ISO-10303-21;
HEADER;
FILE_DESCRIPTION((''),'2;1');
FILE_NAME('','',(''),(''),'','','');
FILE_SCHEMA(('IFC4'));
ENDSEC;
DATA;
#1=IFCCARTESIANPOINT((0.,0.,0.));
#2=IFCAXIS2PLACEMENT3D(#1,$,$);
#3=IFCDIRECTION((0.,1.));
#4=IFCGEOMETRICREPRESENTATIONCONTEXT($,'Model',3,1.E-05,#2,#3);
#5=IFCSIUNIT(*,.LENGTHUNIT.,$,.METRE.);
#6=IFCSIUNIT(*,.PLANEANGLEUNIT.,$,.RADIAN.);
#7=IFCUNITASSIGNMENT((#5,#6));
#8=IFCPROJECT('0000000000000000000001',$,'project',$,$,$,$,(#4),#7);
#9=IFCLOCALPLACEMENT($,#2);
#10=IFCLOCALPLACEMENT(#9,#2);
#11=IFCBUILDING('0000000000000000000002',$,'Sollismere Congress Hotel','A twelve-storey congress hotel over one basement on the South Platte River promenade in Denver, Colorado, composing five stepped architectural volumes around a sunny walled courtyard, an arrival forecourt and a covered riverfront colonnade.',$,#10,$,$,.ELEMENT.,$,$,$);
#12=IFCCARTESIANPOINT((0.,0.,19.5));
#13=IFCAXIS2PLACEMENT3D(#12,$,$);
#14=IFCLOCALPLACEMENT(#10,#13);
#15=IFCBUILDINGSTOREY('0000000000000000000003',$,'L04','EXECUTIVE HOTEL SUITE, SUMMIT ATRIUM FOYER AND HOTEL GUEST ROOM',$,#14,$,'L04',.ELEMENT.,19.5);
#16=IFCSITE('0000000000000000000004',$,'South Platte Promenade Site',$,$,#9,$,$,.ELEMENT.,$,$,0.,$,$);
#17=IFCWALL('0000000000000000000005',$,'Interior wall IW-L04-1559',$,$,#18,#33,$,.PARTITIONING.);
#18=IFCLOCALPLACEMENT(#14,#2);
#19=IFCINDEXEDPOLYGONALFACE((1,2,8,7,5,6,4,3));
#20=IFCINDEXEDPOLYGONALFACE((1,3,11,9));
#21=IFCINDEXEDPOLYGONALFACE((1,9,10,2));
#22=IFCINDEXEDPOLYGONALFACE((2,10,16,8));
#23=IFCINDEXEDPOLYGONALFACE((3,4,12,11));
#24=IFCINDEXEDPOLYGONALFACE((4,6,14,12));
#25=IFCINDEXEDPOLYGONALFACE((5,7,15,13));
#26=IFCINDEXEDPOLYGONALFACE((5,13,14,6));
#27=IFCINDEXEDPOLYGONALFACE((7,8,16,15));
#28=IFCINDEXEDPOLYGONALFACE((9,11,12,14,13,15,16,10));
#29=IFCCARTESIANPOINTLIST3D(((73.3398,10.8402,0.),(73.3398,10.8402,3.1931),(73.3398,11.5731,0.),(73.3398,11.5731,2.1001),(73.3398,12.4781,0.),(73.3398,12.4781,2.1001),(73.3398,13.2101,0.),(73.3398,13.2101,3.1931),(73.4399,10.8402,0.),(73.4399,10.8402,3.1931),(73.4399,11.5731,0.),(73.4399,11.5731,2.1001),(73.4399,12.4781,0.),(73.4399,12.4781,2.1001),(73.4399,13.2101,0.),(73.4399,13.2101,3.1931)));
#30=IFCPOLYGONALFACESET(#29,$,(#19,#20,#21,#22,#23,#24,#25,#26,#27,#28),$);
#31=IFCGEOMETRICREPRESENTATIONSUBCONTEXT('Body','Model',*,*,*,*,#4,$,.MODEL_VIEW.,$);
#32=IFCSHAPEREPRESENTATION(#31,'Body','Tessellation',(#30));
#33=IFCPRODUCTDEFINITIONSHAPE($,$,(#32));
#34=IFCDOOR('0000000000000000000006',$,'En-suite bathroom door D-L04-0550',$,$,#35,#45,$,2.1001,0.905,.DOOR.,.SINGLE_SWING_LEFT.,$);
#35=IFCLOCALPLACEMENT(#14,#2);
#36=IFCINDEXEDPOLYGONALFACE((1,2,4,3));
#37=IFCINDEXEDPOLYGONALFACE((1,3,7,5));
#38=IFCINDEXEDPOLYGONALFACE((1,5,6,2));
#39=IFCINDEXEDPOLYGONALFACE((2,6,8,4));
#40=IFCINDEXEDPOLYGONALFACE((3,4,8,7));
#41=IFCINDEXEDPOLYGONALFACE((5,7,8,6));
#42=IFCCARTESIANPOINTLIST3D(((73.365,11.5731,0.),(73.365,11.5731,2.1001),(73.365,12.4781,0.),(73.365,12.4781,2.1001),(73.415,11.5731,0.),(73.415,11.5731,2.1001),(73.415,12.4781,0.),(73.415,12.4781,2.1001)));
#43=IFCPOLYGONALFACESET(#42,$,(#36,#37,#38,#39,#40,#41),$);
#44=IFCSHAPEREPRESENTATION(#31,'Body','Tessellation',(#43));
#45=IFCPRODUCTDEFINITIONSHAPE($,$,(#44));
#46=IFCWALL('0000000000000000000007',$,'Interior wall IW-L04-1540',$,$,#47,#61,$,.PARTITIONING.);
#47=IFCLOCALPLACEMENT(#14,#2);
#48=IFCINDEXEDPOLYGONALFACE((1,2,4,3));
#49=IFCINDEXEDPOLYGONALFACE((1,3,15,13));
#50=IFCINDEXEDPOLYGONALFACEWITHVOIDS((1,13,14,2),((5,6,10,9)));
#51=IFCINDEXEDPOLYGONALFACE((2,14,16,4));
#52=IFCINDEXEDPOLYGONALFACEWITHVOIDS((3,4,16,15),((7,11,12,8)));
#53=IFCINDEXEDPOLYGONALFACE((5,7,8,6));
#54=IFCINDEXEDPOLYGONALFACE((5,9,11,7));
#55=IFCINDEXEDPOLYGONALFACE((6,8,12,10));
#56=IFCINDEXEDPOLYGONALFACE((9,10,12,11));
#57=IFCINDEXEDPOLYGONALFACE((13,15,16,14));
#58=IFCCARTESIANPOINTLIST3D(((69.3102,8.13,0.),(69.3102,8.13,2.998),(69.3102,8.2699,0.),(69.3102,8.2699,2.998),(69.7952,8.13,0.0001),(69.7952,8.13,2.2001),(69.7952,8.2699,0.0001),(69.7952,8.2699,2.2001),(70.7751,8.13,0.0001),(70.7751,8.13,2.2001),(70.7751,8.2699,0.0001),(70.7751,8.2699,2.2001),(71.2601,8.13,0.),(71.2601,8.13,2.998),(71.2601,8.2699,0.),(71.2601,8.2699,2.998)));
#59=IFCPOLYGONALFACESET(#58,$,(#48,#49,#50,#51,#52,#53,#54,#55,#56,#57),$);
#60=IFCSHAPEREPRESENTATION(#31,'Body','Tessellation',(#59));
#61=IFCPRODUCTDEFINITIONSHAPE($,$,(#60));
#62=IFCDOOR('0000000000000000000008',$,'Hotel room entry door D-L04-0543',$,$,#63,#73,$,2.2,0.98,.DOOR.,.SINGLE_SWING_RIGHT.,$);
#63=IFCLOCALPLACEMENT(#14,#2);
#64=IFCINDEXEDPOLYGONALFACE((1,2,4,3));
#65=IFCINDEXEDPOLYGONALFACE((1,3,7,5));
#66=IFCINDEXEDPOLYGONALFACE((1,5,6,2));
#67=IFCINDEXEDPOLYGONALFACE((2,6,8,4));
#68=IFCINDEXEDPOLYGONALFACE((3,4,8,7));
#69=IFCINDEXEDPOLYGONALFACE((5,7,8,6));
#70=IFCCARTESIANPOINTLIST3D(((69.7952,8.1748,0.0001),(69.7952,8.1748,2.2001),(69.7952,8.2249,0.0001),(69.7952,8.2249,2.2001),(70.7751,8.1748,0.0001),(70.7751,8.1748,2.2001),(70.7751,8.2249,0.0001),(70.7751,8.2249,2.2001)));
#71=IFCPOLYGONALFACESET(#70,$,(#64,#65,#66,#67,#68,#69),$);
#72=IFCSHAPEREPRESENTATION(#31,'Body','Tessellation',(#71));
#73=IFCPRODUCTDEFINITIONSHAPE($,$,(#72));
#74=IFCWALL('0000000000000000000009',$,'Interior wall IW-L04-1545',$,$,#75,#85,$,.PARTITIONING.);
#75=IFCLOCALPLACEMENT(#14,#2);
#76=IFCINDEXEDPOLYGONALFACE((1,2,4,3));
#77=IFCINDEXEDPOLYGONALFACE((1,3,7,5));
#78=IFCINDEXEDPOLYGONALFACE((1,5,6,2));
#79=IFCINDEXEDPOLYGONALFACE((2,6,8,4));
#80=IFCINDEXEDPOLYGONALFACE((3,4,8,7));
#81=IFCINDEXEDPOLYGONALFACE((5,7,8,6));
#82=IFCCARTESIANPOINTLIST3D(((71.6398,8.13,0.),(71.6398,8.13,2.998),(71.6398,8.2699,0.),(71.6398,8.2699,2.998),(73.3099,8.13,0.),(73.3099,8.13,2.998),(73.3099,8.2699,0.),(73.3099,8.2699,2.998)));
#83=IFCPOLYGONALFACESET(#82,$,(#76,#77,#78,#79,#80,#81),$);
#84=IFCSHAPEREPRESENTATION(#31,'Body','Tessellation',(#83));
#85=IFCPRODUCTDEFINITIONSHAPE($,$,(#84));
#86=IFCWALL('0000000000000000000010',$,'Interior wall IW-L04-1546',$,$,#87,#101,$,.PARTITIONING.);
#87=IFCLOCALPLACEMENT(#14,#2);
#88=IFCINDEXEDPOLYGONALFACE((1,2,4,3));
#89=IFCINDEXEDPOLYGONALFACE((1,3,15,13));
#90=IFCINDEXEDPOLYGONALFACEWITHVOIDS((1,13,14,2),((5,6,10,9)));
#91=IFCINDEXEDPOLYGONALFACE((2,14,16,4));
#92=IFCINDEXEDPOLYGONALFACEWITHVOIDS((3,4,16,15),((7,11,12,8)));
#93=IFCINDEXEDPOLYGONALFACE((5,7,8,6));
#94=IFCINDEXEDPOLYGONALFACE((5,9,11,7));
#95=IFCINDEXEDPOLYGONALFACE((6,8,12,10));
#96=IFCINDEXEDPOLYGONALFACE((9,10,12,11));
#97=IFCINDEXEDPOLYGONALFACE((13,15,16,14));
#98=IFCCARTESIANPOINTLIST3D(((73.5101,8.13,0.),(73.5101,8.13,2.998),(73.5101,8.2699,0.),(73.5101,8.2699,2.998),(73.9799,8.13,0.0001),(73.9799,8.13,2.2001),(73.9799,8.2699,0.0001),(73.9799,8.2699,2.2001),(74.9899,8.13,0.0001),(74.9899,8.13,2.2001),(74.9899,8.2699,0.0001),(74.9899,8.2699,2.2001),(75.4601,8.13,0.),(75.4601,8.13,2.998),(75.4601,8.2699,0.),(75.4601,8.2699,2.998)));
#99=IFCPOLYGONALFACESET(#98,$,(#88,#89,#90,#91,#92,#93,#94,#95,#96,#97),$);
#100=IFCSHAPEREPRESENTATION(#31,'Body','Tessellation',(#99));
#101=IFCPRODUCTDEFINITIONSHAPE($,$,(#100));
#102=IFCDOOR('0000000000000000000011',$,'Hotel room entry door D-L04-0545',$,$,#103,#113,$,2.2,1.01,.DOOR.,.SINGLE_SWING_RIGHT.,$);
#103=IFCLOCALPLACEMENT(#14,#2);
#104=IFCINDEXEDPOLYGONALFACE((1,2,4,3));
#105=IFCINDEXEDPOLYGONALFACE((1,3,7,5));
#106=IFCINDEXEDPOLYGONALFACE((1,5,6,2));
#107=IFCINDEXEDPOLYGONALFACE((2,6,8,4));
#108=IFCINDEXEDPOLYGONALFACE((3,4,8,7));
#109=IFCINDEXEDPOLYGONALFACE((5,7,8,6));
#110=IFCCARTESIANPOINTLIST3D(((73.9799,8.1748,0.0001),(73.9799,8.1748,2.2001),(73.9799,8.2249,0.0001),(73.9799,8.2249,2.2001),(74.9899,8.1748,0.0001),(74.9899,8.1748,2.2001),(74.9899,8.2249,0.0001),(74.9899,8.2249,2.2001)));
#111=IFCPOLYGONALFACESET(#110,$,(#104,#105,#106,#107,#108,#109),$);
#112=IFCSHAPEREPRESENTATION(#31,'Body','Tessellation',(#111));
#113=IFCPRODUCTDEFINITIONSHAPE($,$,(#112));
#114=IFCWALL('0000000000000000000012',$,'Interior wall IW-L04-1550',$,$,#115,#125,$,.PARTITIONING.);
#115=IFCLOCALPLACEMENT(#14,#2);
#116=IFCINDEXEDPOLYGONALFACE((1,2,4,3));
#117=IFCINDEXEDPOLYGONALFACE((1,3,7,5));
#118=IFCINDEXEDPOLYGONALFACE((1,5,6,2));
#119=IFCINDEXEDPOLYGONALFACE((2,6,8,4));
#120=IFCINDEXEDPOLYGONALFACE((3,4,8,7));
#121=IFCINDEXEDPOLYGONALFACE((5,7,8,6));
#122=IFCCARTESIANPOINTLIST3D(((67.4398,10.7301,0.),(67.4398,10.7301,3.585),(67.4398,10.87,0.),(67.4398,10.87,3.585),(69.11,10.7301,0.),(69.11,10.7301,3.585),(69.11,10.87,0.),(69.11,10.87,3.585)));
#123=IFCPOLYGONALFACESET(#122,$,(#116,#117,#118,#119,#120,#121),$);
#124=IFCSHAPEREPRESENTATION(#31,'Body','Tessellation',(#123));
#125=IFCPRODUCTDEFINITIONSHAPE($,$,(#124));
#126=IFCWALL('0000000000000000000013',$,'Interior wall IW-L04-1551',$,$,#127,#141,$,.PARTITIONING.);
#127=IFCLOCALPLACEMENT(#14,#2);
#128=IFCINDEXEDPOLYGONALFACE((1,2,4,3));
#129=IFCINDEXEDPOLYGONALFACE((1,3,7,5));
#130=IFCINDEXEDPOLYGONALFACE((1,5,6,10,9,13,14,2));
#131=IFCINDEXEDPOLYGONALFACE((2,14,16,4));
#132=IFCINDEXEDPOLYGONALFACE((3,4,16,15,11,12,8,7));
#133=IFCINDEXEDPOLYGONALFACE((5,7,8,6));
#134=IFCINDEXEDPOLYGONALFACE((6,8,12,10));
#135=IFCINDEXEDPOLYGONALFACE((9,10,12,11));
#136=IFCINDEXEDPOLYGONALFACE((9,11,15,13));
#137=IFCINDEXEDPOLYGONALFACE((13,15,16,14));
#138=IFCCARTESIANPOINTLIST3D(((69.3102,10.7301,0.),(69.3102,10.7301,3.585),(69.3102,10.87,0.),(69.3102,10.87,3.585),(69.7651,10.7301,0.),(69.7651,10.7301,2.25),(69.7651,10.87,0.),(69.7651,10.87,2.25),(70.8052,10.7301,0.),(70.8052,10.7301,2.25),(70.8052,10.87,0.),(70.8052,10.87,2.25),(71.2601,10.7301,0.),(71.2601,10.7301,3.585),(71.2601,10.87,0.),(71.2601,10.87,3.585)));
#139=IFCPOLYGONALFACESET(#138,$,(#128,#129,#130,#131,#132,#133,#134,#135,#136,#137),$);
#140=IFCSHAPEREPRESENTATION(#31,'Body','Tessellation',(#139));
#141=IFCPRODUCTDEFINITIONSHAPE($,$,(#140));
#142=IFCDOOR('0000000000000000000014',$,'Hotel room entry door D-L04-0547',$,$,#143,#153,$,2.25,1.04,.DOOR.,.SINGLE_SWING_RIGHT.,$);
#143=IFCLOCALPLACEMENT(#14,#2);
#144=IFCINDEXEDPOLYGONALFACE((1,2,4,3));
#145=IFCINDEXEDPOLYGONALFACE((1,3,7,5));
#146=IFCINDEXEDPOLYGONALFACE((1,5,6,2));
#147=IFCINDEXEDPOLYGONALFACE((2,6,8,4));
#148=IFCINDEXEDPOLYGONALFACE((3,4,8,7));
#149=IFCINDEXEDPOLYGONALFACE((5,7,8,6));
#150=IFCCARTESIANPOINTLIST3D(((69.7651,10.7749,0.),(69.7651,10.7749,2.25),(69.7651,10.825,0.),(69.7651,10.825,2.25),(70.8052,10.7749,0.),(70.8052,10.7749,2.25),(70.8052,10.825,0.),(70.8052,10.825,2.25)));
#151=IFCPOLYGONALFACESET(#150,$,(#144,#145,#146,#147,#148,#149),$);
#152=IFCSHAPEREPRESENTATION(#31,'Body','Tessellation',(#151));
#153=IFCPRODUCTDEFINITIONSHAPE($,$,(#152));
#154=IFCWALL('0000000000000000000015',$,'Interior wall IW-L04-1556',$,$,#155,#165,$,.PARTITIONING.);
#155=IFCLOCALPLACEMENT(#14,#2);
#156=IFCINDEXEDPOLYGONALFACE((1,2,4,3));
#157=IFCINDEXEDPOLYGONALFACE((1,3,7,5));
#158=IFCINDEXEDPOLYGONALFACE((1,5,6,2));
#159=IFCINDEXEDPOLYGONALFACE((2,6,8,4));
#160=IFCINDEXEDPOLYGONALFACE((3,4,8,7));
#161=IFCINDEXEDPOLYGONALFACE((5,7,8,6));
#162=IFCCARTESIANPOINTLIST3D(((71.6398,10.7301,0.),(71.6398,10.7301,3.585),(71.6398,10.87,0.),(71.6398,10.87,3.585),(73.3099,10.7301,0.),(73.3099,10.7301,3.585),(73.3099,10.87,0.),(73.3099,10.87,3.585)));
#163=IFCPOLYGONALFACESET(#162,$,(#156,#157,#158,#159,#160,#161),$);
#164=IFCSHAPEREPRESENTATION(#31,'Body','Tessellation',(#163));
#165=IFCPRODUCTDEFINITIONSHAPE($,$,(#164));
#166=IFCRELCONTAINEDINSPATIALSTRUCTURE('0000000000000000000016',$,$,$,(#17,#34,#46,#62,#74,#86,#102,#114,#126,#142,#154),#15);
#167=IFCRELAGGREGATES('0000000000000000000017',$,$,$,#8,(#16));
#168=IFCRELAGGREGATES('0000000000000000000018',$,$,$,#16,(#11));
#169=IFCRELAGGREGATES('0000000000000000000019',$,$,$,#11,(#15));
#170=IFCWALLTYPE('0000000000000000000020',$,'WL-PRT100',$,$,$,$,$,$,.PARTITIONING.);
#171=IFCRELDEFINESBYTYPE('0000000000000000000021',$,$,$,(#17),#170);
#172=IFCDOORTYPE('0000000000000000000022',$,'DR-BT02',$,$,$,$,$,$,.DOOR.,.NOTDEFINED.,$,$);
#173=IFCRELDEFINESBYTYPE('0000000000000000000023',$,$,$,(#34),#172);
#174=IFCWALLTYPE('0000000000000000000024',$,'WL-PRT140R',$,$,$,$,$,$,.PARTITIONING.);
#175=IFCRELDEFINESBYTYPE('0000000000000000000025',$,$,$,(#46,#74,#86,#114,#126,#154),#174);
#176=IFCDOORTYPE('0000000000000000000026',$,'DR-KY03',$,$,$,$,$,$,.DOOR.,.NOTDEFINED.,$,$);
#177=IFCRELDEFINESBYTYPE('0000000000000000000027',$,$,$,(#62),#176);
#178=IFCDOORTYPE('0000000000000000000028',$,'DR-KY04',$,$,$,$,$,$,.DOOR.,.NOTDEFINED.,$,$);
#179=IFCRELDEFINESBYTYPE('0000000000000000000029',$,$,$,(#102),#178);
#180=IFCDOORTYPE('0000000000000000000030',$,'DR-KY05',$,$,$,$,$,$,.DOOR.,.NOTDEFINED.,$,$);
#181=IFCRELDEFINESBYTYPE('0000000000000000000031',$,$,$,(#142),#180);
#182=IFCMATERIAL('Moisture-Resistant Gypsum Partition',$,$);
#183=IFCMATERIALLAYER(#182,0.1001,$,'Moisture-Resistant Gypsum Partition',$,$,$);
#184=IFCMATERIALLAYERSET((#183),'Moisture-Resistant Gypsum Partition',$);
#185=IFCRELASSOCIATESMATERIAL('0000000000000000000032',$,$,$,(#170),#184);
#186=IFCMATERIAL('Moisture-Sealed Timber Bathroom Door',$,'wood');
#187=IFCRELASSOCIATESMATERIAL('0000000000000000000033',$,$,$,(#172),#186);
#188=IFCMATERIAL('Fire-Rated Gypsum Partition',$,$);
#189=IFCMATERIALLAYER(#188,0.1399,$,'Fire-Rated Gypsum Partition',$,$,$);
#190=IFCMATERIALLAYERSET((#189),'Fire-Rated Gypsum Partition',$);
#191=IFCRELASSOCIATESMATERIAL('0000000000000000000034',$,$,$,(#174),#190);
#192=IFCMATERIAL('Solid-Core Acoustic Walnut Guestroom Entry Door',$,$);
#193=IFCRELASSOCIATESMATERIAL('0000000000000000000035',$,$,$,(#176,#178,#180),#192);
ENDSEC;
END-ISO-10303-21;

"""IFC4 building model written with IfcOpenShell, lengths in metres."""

from ifc_helpers import new_model, si_unit, direction, frame, frame_2d, origin, place, context, subcontext, project, spatial, rectangle, extrude, material, layer, layer_set, type_object, element, fill, save


model = new_model("IFC4")

# Units and contexts
model_context = context("Model", 3, precision=1e-05, world=origin(), true_north=direction((0.0, 1.0)))
body_context = subcontext(model_context, "Body", "Model", "MODEL_VIEW")
ifc_project = project(units=[si_unit("LENGTHUNIT", "METRE"), si_unit("PLANEANGLEUNIT", "RADIAN")], contexts=[model_context])

# Site, building, storey
site_placement = place(None, origin())
site = spatial("IfcSite", under=ifc_project, at=site_placement, Name="South Platte Promenade Site", CompositionType="ELEMENT", RefElevation=0.0)
building_placement = place(site_placement, origin())
building = spatial("IfcBuilding", under=site, at=building_placement, Name="Sollismere Congress Hotel", Description="A twelve-storey congress hotel over one basement on the South Platte River promenade in Denver, Colorado, composing five stepped architectural volumes around a sunny walled courtyard, an arrival forecourt and a covered riverfront colonnade.", CompositionType="ELEMENT")
storey_placement = place(building_placement, frame((0.0, 0.0, 19.5)))
storey = spatial("IfcBuildingStorey", under=building, at=storey_placement, Name="L04", Description="EXECUTIVE HOTEL SUITE, SUMMIT ATRIUM FOYER AND HOTEL GUEST ROOM", LongName="L04", CompositionType="ELEMENT", Elevation=19.5)

# Walls, openings, doors
ifc_material_1 = material(Name="Moisture-Resistant Gypsum Partition")
ifc_layer_1 = layer(ifc_material_1, 0.1001, Name="Moisture-Resistant Gypsum Partition")
ifc_layer_set_1 = layer_set([ifc_layer_1], Name="Moisture-Resistant Gypsum Partition")
wall_type_1 = type_object("IfcWallType", Name="WL-PRT100", PredefinedType="PARTITIONING", material=ifc_layer_set_1)
ifc_material_2 = material(Name="Moisture-Sealed Timber Bathroom Door", Category="wood")
wall_1_placement = place(storey_placement, frame((73.3899, 10.8401, 0.0), z_axis=(0.0, 0.0, 1.0), x_axis=(0.0, 1.0, 0.0)))
wall_1 = element("IfcWall", 1, at=wall_1_placement, inside=storey, type_object=wall_type_1, Name="Interior wall IW-L04-1559", PredefinedType="PARTITIONING", context=body_context, shape_type="SweptSolid", body=[
    extrude(rectangle(XDim=2.3699, YDim=0.1001, at=frame_2d((1.1851, 0.0))), origin(), (0.0, 0.0, 1.0), 3.1931),
])
opening_1_placement = place(wall_1_placement, frame((0.7329, 0.0, 0.0)))
opening_1 = element("IfcOpeningElement", 2, at=opening_1_placement, cuts=wall_1, PredefinedType="OPENING", context=body_context, shape_type="SweptSolid", body=[
    extrude(rectangle(XDim=0.905, YDim=2.1001, at=frame_2d((0.4526, 1.05))), frame((0.0, 0.0601, 0.0), z_axis=(0.0, -1.0, 0.0), x_axis=(1.0, 0.0, 0.0)), (0.0, 0.0, 1.0), 0.1201),
])
door_type_1 = type_object("IfcDoorType", Name="DR-BT02", OperationType="NOTDEFINED", PredefinedType="DOOR", material=ifc_material_2)
door_1_placement = place(opening_1_placement, origin())
door_1 = element("IfcDoor", 3, at=door_1_placement, inside=storey, type_object=door_type_1, Name="En-suite bathroom door D-L04-0550", OperationType="SINGLE_SWING_LEFT", OverallHeight=2.1001, OverallWidth=0.905, PredefinedType="DOOR", context=body_context, shape_type="SweptSolid", body=[
    extrude(rectangle(XDim=0.905, YDim=2.1001, at=frame_2d((0.4526, 1.05))), frame((0.0, 0.0249, 0.0), z_axis=(0.0, -1.0, 0.0), x_axis=(1.0, 0.0, 0.0)), (0.0, 0.0, 1.0), 0.05),
])
fill(opening_1, door_1)
ifc_material_3 = material(Name="Fire-Rated Gypsum Partition")
ifc_layer_2 = layer(ifc_material_3, 0.1399, Name="Fire-Rated Gypsum Partition")
ifc_layer_set_2 = layer_set([ifc_layer_2], Name="Fire-Rated Gypsum Partition")
wall_type_2 = type_object("IfcWallType", Name="WL-PRT140R", PredefinedType="PARTITIONING", material=ifc_layer_set_2)
wall_2_placement = place(storey_placement, frame((69.3101, 8.2, 0.0), z_axis=(0.0, 0.0, 1.0), x_axis=(1.0, 0.0, 0.0)))
wall_2 = element("IfcWall", 4, at=wall_2_placement, inside=storey, type_object=wall_type_2, Name="Interior wall IW-L04-1540", PredefinedType="PARTITIONING", context=body_context, shape_type="SweptSolid", body=[
    extrude(rectangle(XDim=1.95, YDim=0.1399, at=frame_2d((0.9751, 0.0))), origin(), (0.0, 0.0, 1.0), 2.998),
])
opening_2_placement = place(wall_2_placement, frame((0.4851, 0.0, 0.0)))
opening_2 = element("IfcOpeningElement", 5, at=opening_2_placement, cuts=wall_2, PredefinedType="OPENING", context=body_context, shape_type="SweptSolid", body=[
    extrude(rectangle(XDim=0.98, YDim=2.2, at=frame_2d((0.49, 1.1001))), frame((0.0, 0.0798, 0.0), z_axis=(0.0, -1.0, 0.0), x_axis=(1.0, 0.0, 0.0)), (0.0, 0.0, 1.0), 0.1599),
])
ifc_material_4 = material(Name="Solid-Core Acoustic Walnut Guestroom Entry Door")
door_type_2 = type_object("IfcDoorType", Name="DR-KY03", OperationType="NOTDEFINED", PredefinedType="DOOR", material=ifc_material_4)
door_2_placement = place(opening_2_placement, origin())
door_2 = element("IfcDoor", 6, at=door_2_placement, inside=storey, type_object=door_type_2, Name="Hotel room entry door D-L04-0543", OperationType="SINGLE_SWING_RIGHT", OverallHeight=2.2, OverallWidth=0.98, PredefinedType="DOOR", context=body_context, shape_type="SweptSolid", body=[
    extrude(rectangle(XDim=0.98, YDim=2.2, at=frame_2d((0.49, 1.1001))), frame((0.0, 0.0249, 0.0), z_axis=(0.0, -1.0, 0.0), x_axis=(1.0, 0.0, 0.0)), (0.0, 0.0, 1.0), 0.05),
])
fill(opening_2, door_2)

# Wall
wall_3_placement = place(storey_placement, frame((71.6399, 8.2, 0.0), z_axis=(0.0, 0.0, 1.0), x_axis=(1.0, 0.0, 0.0)))
element("IfcWall", 7, at=wall_3_placement, inside=storey, type_object=wall_type_2, Name="Interior wall IW-L04-1545", PredefinedType="PARTITIONING", context=body_context, shape_type="SweptSolid", body=[
    extrude(rectangle(XDim=1.6702, YDim=0.1399, at=frame_2d((0.835, 0.0))), origin(), (0.0, 0.0, 1.0), 2.998),
])

# Wall, opening, door
wall_4_placement = place(storey_placement, frame((73.51, 8.2, 0.0), z_axis=(0.0, 0.0, 1.0), x_axis=(1.0, 0.0, 0.0)))
wall_4 = element("IfcWall", 8, at=wall_4_placement, inside=storey, type_object=wall_type_2, Name="Interior wall IW-L04-1546", PredefinedType="PARTITIONING", context=body_context, shape_type="SweptSolid", body=[
    extrude(rectangle(XDim=1.95, YDim=0.1399, at=frame_2d((0.9751, 0.0))), origin(), (0.0, 0.0, 1.0), 2.998),
])
opening_3_placement = place(wall_4_placement, frame((0.47, 0.0, 0.0)))
opening_3 = element("IfcOpeningElement", 9, at=opening_3_placement, cuts=wall_4, PredefinedType="OPENING", context=body_context, shape_type="SweptSolid", body=[
    extrude(rectangle(XDim=1.01, YDim=2.2, at=frame_2d((0.5049, 1.1001))), frame((0.0, 0.0798, 0.0), z_axis=(0.0, -1.0, 0.0), x_axis=(1.0, 0.0, 0.0)), (0.0, 0.0, 1.0), 0.1599),
])
door_type_3 = type_object("IfcDoorType", Name="DR-KY04", OperationType="NOTDEFINED", PredefinedType="DOOR", material=ifc_material_4)
door_3_placement = place(opening_3_placement, origin())
door_3 = element("IfcDoor", 10, at=door_3_placement, inside=storey, type_object=door_type_3, Name="Hotel room entry door D-L04-0545", OperationType="SINGLE_SWING_RIGHT", OverallHeight=2.2, OverallWidth=1.01, PredefinedType="DOOR", context=body_context, shape_type="SweptSolid", body=[
    extrude(rectangle(XDim=1.01, YDim=2.2, at=frame_2d((0.5049, 1.1001))), frame((0.0, 0.0249, 0.0), z_axis=(0.0, -1.0, 0.0), x_axis=(1.0, 0.0, 0.0)), (0.0, 0.0, 1.0), 0.05),
])
fill(opening_3, door_3)

# Wall
wall_5_placement = place(storey_placement, frame((67.4399, 10.8, 0.0), z_axis=(0.0, 0.0, 1.0), x_axis=(1.0, 0.0, 0.0)))
element("IfcWall", 11, at=wall_5_placement, inside=storey, type_object=wall_type_2, Name="Interior wall IW-L04-1550", PredefinedType="PARTITIONING", context=body_context, shape_type="SweptSolid", body=[
    extrude(rectangle(XDim=1.6702, YDim=0.1399, at=frame_2d((0.835, 0.0))), origin(), (0.0, 0.0, 1.0), 3.585),
])

# Wall, opening, door
wall_6_placement = place(storey_placement, frame((69.3101, 10.8, 0.0), z_axis=(0.0, 0.0, 1.0), x_axis=(1.0, 0.0, 0.0)))
wall_6 = element("IfcWall", 12, at=wall_6_placement, inside=storey, type_object=wall_type_2, Name="Interior wall IW-L04-1551", PredefinedType="PARTITIONING", context=body_context, shape_type="SweptSolid", body=[
    extrude(rectangle(XDim=1.95, YDim=0.1399, at=frame_2d((0.9751, 0.0))), origin(), (0.0, 0.0, 1.0), 3.585),
])
opening_4_placement = place(wall_6_placement, frame((0.4551, 0.0, 0.0)))
opening_4 = element("IfcOpeningElement", 13, at=opening_4_placement, cuts=wall_6, PredefinedType="OPENING", context=body_context, shape_type="SweptSolid", body=[
    extrude(rectangle(XDim=1.04, YDim=2.25, at=frame_2d((0.52, 1.125))), frame((0.0, 0.0798, 0.0), z_axis=(0.0, -1.0, 0.0), x_axis=(1.0, 0.0, 0.0)), (0.0, 0.0, 1.0), 0.1599),
])
door_type_4 = type_object("IfcDoorType", Name="DR-KY05", OperationType="NOTDEFINED", PredefinedType="DOOR", material=ifc_material_4)
door_4_placement = place(opening_4_placement, origin())
door_4 = element("IfcDoor", 14, at=door_4_placement, inside=storey, type_object=door_type_4, Name="Hotel room entry door D-L04-0547", OperationType="SINGLE_SWING_RIGHT", OverallHeight=2.25, OverallWidth=1.04, PredefinedType="DOOR", context=body_context, shape_type="SweptSolid", body=[
    extrude(rectangle(XDim=1.04, YDim=2.25, at=frame_2d((0.52, 1.125))), frame((0.0, 0.0249, 0.0), z_axis=(0.0, -1.0, 0.0), x_axis=(1.0, 0.0, 0.0)), (0.0, 0.0, 1.0), 0.05),
])
fill(opening_4, door_4)

# Wall
wall_7_placement = place(storey_placement, frame((71.6399, 10.8, 0.0), z_axis=(0.0, 0.0, 1.0), x_axis=(1.0, 0.0, 0.0)))
element("IfcWall", 15, at=wall_7_placement, inside=storey, type_object=wall_type_2, Name="Interior wall IW-L04-1556", PredefinedType="PARTITIONING", context=body_context, shape_type="SweptSolid", body=[
    extrude(rectangle(XDim=1.6702, YDim=0.1399, at=frame_2d((0.835, 0.0))), origin(), (0.0, 0.0, 1.0), 3.585),
])

save(model, "model.ifc")
